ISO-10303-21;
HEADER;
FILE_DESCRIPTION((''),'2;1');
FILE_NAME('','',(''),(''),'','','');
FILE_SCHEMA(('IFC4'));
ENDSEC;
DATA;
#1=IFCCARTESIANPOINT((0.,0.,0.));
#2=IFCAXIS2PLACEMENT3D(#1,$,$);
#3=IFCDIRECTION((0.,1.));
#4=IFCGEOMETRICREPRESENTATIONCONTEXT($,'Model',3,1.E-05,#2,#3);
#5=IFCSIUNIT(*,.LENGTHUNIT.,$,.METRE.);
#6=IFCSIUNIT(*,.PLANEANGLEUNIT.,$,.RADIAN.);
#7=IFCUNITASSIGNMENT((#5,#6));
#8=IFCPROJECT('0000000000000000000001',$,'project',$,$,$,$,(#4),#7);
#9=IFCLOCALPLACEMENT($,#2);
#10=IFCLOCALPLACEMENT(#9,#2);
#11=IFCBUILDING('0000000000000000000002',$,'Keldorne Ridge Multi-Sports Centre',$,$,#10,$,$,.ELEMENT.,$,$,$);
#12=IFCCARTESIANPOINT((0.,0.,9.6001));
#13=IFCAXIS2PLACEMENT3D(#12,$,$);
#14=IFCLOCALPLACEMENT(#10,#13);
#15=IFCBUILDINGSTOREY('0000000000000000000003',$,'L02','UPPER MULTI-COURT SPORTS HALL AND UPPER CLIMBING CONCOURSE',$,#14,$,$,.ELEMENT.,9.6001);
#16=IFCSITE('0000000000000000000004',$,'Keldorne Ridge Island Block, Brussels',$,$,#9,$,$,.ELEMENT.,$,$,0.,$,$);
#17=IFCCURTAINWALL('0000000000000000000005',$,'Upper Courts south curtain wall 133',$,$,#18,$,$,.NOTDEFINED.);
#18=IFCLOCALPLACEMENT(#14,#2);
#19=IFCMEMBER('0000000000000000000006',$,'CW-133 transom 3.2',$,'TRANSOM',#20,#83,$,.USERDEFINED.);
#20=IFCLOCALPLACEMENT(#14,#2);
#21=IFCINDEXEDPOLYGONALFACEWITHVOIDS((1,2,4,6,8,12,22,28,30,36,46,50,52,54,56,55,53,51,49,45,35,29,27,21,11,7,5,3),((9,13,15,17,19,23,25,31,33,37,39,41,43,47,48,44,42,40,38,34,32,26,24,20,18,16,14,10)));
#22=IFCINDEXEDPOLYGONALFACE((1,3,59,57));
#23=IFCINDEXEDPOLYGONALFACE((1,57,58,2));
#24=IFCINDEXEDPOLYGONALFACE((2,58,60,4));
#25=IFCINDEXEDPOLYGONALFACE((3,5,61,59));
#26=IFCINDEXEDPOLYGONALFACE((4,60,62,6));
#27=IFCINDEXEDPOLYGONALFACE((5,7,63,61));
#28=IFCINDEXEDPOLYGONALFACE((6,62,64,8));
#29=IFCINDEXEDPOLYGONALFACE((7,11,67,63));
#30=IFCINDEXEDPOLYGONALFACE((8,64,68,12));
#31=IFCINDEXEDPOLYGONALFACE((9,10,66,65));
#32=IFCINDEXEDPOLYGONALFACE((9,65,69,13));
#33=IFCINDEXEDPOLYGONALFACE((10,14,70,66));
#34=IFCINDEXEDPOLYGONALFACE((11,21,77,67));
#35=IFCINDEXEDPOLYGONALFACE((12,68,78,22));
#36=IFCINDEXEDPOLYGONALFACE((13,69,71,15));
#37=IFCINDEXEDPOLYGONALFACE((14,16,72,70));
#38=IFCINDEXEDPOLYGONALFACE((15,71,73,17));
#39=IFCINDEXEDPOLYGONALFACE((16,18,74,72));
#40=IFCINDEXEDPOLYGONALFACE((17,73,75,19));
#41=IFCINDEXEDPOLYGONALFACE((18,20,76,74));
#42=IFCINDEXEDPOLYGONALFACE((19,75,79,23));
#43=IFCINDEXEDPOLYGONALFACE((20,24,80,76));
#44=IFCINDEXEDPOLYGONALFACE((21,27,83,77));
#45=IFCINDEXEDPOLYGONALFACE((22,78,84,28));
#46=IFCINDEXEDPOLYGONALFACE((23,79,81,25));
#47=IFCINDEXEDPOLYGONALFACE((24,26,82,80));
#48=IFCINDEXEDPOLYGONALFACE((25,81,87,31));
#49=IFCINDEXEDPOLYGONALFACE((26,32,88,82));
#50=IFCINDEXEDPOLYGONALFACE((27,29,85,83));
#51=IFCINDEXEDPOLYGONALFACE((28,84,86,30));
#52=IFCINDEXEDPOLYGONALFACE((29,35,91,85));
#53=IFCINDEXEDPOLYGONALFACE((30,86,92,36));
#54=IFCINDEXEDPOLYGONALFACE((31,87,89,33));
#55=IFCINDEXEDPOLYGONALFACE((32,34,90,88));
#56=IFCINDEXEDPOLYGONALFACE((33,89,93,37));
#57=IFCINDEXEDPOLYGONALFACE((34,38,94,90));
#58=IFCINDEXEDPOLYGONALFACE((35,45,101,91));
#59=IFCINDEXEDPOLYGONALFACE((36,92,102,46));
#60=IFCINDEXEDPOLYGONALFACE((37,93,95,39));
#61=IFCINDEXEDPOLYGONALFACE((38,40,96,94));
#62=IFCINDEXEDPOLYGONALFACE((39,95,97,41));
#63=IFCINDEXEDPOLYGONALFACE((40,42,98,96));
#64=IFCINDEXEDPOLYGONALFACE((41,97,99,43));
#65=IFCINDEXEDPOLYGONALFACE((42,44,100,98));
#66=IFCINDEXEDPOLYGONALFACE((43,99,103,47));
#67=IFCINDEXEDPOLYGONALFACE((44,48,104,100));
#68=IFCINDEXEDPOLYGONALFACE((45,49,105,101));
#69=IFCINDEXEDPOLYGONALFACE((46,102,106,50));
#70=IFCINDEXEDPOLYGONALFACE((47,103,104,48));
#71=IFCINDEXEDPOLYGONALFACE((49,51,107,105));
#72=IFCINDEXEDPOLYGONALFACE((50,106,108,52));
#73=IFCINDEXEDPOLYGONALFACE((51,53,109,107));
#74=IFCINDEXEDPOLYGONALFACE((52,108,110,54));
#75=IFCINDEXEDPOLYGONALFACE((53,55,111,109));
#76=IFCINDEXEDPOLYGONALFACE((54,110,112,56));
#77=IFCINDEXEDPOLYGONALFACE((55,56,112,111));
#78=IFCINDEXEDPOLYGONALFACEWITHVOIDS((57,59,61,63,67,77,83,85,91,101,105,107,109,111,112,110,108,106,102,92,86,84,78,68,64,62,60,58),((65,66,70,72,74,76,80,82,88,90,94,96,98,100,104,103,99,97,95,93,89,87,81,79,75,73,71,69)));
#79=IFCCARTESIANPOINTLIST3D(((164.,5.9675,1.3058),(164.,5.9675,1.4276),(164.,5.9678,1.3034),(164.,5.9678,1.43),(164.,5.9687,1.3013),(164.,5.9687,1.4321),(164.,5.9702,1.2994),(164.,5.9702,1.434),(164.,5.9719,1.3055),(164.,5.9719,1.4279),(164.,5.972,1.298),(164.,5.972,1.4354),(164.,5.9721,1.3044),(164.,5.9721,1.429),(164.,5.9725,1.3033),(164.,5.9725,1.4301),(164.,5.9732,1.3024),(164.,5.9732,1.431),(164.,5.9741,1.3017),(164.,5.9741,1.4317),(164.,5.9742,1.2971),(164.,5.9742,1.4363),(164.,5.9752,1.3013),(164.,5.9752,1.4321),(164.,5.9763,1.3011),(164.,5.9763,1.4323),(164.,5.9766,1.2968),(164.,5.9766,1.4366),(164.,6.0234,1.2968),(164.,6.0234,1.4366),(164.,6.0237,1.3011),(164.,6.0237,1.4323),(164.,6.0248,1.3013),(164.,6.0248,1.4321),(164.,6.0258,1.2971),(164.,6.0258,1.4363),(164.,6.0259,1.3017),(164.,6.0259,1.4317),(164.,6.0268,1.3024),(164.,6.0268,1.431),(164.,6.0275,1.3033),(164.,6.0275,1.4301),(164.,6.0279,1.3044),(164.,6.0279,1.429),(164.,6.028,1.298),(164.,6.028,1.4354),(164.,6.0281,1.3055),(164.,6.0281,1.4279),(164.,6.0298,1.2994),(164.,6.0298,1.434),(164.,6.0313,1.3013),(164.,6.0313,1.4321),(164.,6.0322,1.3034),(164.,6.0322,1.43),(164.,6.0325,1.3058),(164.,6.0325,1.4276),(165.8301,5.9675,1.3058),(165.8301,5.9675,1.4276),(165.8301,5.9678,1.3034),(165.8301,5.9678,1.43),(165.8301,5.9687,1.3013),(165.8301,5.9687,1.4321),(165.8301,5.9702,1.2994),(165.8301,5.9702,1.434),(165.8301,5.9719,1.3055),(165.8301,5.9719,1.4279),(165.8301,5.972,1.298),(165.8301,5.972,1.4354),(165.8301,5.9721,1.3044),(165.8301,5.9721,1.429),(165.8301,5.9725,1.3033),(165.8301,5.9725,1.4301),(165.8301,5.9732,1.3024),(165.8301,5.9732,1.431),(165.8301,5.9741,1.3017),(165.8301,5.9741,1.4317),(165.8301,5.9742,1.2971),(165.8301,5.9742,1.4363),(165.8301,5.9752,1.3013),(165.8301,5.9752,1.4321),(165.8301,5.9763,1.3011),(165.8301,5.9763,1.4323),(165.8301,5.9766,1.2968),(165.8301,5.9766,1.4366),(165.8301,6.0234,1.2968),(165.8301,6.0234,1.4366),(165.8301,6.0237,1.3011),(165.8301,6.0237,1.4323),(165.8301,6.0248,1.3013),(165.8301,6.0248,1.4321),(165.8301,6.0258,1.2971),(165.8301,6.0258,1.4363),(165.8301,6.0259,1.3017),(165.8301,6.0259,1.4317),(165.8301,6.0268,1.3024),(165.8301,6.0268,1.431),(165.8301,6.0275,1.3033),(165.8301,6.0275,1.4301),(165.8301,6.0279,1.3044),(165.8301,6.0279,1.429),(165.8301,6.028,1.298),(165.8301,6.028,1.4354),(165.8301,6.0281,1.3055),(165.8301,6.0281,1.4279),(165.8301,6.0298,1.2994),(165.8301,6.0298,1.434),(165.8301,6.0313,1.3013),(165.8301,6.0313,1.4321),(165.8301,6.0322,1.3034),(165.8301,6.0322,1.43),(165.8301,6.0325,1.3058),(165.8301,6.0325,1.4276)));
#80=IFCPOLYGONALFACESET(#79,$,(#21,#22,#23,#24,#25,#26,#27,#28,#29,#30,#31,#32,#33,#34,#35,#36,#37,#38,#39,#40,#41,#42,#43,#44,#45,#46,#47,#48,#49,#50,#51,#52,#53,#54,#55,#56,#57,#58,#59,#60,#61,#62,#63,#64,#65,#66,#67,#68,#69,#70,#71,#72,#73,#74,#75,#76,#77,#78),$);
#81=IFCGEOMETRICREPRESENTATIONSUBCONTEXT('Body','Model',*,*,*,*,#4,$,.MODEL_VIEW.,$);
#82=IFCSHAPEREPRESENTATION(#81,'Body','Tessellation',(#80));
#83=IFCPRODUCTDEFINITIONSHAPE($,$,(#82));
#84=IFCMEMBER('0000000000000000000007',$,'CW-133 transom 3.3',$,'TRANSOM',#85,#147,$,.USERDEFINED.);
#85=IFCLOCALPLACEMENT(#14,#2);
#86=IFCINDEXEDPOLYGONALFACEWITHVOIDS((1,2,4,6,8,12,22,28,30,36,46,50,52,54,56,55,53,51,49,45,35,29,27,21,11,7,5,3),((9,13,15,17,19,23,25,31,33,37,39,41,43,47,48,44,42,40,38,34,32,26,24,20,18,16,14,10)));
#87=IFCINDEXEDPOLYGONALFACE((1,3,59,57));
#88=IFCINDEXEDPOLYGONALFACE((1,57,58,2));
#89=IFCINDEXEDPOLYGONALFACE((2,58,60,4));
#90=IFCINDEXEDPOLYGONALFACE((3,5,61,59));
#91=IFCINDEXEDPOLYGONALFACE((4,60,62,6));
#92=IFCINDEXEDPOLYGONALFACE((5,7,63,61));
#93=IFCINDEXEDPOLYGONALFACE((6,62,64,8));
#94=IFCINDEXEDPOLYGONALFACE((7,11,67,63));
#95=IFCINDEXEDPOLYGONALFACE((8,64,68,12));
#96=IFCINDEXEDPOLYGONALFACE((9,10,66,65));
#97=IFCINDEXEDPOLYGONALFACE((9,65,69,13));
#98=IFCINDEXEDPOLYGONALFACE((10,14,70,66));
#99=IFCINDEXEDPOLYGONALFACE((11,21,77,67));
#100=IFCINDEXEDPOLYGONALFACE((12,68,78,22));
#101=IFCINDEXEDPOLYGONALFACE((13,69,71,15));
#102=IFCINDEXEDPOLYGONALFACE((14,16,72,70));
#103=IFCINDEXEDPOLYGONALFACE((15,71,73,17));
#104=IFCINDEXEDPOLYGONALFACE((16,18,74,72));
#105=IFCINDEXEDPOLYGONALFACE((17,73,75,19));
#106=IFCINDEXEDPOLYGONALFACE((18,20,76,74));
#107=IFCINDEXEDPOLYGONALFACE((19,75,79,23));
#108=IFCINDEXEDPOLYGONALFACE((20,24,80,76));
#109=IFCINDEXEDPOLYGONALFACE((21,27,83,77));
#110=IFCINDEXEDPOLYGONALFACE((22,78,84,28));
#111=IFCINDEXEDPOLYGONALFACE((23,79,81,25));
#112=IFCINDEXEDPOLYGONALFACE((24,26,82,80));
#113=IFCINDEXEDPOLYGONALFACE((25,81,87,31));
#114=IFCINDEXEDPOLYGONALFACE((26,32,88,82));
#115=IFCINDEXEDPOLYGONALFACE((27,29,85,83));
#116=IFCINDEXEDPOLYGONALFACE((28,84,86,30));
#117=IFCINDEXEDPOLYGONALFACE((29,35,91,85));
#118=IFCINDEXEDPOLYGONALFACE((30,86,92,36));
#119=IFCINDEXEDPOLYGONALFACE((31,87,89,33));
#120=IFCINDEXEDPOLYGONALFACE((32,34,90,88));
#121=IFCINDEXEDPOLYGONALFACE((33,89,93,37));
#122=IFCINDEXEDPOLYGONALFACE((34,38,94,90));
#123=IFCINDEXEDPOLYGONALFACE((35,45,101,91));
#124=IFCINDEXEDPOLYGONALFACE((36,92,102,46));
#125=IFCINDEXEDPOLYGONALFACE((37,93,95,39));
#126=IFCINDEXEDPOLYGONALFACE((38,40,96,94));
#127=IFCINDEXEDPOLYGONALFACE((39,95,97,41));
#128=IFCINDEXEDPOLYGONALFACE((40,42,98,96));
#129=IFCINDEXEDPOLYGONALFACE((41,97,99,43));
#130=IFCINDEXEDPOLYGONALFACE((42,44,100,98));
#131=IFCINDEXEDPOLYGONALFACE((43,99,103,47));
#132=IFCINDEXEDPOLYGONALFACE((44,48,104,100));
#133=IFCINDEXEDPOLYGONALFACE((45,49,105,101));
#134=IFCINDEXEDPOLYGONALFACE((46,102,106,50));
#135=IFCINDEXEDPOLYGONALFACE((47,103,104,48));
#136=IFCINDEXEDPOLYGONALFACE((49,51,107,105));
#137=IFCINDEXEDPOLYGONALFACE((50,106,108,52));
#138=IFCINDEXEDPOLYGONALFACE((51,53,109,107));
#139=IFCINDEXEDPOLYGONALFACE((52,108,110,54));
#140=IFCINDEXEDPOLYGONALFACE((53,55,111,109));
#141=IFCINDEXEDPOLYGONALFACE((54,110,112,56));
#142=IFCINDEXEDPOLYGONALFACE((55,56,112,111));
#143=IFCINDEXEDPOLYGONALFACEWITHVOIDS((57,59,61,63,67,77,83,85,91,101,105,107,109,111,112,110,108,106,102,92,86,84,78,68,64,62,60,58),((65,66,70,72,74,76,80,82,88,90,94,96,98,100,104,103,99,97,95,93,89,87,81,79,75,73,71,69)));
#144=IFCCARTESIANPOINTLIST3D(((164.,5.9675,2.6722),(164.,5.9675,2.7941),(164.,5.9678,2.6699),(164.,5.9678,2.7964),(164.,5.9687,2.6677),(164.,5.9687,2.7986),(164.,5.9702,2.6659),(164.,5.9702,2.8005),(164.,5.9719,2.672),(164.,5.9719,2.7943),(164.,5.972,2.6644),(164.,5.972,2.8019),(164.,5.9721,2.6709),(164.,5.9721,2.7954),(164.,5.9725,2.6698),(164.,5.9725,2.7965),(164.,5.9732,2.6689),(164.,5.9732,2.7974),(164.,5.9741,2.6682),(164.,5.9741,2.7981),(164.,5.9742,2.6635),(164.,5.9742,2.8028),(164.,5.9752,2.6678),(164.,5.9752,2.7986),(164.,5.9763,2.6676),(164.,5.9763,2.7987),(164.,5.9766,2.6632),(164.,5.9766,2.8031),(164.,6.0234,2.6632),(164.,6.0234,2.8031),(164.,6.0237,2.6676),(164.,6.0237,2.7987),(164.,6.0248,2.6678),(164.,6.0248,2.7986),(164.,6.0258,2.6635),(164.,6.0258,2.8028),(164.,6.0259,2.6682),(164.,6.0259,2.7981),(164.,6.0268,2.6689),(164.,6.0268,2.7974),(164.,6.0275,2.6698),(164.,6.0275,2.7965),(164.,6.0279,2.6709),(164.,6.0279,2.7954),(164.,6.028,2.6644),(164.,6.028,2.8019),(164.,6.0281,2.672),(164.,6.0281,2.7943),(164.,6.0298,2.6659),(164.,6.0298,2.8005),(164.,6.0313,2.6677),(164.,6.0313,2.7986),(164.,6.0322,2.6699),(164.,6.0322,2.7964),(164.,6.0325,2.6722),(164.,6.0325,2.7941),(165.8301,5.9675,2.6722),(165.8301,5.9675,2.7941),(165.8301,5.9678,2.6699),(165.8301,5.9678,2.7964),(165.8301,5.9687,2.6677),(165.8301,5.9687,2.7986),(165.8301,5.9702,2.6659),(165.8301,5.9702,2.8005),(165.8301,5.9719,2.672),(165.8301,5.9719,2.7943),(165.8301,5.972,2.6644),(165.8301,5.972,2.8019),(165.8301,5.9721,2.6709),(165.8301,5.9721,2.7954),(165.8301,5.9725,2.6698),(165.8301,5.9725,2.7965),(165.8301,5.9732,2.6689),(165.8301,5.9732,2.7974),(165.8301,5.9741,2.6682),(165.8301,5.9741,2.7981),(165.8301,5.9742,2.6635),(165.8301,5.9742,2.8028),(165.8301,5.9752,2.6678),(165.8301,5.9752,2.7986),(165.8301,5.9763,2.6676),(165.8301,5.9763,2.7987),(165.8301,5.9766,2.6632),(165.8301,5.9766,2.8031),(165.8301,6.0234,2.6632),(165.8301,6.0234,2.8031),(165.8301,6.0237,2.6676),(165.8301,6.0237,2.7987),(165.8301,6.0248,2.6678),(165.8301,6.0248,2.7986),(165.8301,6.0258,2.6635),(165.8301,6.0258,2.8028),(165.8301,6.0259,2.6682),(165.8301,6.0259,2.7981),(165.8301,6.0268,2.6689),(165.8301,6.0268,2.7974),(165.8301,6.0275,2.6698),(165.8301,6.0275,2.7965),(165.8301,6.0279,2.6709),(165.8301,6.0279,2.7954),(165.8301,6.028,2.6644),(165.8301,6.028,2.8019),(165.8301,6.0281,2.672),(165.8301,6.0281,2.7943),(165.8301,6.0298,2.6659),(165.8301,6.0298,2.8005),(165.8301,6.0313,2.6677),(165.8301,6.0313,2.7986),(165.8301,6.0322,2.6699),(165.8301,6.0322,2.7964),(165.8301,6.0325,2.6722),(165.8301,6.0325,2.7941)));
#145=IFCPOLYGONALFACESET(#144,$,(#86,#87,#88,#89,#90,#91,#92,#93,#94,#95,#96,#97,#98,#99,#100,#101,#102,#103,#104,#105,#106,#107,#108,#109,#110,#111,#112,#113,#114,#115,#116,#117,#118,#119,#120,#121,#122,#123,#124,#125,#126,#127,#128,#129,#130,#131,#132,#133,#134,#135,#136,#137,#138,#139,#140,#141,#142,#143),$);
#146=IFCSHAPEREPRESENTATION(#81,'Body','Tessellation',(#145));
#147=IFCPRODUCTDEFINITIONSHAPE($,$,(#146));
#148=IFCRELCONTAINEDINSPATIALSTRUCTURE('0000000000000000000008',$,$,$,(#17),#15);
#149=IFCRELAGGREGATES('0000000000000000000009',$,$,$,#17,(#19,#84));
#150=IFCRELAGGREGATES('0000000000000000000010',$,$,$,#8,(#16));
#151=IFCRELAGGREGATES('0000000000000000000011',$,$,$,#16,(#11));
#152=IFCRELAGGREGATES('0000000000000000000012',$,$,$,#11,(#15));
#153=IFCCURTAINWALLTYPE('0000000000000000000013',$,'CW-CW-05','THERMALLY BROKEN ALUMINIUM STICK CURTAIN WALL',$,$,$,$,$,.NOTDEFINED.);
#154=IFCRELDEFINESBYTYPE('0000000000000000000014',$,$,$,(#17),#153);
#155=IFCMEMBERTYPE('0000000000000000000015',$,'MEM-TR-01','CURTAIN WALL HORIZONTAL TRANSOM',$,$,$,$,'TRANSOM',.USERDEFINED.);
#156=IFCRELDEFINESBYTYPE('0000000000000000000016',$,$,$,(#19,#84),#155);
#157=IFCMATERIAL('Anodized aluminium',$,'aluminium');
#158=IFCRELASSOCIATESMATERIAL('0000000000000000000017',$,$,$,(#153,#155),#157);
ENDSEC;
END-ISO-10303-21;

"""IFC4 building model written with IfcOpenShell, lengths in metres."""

from ifc_helpers import new_model, si_unit, direction, frame, origin, origin_2d, place, context, subcontext, project, spatial, hollow_rectangle, extrude, material, material_profile, profile_set, type_object, element, aggregate, save


model = new_model("IFC4")

# Units and contexts
model_context = context("Model", 3, precision=1e-05, world=origin(), true_north=direction((0.0, 1.0)))
body_context = subcontext(model_context, "Body", "Model", "MODEL_VIEW")
ifc_project = project(units=[si_unit("LENGTHUNIT", "METRE"), si_unit("PLANEANGLEUNIT", "RADIAN")], contexts=[model_context])

# Site, building, storey
site_placement = place(None, origin())
site = spatial("IfcSite", under=ifc_project, at=site_placement, Name="Keldorne Ridge Island Block, Brussels", CompositionType="ELEMENT", RefElevation=0.0)
building_placement = place(site_placement, origin())
building = spatial("IfcBuilding", under=site, at=building_placement, Name="Keldorne Ridge Multi-Sports Centre", CompositionType="ELEMENT")
storey_placement = place(building_placement, frame((0.0, 0.0, 9.6001)))
storey = spatial("IfcBuildingStorey", under=building, at=storey_placement, Name="L02", Description="UPPER MULTI-COURT SPORTS HALL AND UPPER CLIMBING CONCOURSE", CompositionType="ELEMENT", Elevation=9.6001)

# Curtain wall, members
ifc_material_1 = material(Name="Anodized aluminium", Category="aluminium")
curtain_wall_type = type_object("IfcCurtainWallType", Name="CW-CW-05", Description="THERMALLY BROKEN ALUMINIUM STICK CURTAIN WALL", PredefinedType="NOTDEFINED", material=ifc_material_1)
curtain_wall_placement = place(storey_placement, origin())
curtain_wall = element("IfcCurtainWall", 1, at=curtain_wall_placement, inside=storey, type_object=curtain_wall_type, Name="Upper Courts south curtain wall 133", PredefinedType="NOTDEFINED")
ifc_material_profile_1 = material_profile(ifc_material_1, hollow_rectangle(XDim=0.0649, YDim=0.1399, WallThickness=0.0044, InnerFilletRadius=0.0044, OuterFilletRadius=0.009, at=origin_2d()), Name="ALU TRANSOM 140x65x4.5")
ifc_profile_set_1 = profile_set([ifc_material_profile_1], Name="Anodized aluminium")
member_type_1 = type_object("IfcMemberType", Name="MEM-TR-01", Description="CURTAIN WALL HORIZONTAL TRANSOM", ElementType="TRANSOM", PredefinedType="USERDEFINED", material=ifc_profile_set_1)
member_1_placement = place(storey_placement, frame((164.0, 6.0, 1.3667), z_axis=(1.0, 0.0, 0.0), x_axis=(0.0, 1.0, 0.0)))
member_1 = element("IfcMember", 2, at=member_1_placement, type_object=member_type_1, Name="CW-133 transom 3.2", ObjectType="TRANSOM", PredefinedType="USERDEFINED", context=body_context, shape_type="SweptSolid", body=[
    extrude(hollow_rectangle(XDim=0.0649, YDim=0.1399, WallThickness=0.0044, InnerFilletRadius=0.0044, OuterFilletRadius=0.009, at=origin_2d()), origin(), (0.0, 0.0, 1.0), 1.8301),
])
member_2_placement = place(storey_placement, frame((164.0, 6.0, 2.7332), z_axis=(1.0, 0.0, 0.0), x_axis=(0.0, 1.0, 0.0)))
member_2 = element("IfcMember", 3, at=member_2_placement, type_object=member_type_1, Name="CW-133 transom 3.3", ObjectType="TRANSOM", PredefinedType="USERDEFINED", context=body_context, shape_type="SweptSolid", body=[
    extrude(hollow_rectangle(XDim=0.0649, YDim=0.1399, WallThickness=0.0044, InnerFilletRadius=0.0044, OuterFilletRadius=0.009, at=origin_2d()), origin(), (0.0, 0.0, 1.0), 1.8301),
])
aggregate(curtain_wall, [member_1, member_2])

save(model, "model.ifc")
